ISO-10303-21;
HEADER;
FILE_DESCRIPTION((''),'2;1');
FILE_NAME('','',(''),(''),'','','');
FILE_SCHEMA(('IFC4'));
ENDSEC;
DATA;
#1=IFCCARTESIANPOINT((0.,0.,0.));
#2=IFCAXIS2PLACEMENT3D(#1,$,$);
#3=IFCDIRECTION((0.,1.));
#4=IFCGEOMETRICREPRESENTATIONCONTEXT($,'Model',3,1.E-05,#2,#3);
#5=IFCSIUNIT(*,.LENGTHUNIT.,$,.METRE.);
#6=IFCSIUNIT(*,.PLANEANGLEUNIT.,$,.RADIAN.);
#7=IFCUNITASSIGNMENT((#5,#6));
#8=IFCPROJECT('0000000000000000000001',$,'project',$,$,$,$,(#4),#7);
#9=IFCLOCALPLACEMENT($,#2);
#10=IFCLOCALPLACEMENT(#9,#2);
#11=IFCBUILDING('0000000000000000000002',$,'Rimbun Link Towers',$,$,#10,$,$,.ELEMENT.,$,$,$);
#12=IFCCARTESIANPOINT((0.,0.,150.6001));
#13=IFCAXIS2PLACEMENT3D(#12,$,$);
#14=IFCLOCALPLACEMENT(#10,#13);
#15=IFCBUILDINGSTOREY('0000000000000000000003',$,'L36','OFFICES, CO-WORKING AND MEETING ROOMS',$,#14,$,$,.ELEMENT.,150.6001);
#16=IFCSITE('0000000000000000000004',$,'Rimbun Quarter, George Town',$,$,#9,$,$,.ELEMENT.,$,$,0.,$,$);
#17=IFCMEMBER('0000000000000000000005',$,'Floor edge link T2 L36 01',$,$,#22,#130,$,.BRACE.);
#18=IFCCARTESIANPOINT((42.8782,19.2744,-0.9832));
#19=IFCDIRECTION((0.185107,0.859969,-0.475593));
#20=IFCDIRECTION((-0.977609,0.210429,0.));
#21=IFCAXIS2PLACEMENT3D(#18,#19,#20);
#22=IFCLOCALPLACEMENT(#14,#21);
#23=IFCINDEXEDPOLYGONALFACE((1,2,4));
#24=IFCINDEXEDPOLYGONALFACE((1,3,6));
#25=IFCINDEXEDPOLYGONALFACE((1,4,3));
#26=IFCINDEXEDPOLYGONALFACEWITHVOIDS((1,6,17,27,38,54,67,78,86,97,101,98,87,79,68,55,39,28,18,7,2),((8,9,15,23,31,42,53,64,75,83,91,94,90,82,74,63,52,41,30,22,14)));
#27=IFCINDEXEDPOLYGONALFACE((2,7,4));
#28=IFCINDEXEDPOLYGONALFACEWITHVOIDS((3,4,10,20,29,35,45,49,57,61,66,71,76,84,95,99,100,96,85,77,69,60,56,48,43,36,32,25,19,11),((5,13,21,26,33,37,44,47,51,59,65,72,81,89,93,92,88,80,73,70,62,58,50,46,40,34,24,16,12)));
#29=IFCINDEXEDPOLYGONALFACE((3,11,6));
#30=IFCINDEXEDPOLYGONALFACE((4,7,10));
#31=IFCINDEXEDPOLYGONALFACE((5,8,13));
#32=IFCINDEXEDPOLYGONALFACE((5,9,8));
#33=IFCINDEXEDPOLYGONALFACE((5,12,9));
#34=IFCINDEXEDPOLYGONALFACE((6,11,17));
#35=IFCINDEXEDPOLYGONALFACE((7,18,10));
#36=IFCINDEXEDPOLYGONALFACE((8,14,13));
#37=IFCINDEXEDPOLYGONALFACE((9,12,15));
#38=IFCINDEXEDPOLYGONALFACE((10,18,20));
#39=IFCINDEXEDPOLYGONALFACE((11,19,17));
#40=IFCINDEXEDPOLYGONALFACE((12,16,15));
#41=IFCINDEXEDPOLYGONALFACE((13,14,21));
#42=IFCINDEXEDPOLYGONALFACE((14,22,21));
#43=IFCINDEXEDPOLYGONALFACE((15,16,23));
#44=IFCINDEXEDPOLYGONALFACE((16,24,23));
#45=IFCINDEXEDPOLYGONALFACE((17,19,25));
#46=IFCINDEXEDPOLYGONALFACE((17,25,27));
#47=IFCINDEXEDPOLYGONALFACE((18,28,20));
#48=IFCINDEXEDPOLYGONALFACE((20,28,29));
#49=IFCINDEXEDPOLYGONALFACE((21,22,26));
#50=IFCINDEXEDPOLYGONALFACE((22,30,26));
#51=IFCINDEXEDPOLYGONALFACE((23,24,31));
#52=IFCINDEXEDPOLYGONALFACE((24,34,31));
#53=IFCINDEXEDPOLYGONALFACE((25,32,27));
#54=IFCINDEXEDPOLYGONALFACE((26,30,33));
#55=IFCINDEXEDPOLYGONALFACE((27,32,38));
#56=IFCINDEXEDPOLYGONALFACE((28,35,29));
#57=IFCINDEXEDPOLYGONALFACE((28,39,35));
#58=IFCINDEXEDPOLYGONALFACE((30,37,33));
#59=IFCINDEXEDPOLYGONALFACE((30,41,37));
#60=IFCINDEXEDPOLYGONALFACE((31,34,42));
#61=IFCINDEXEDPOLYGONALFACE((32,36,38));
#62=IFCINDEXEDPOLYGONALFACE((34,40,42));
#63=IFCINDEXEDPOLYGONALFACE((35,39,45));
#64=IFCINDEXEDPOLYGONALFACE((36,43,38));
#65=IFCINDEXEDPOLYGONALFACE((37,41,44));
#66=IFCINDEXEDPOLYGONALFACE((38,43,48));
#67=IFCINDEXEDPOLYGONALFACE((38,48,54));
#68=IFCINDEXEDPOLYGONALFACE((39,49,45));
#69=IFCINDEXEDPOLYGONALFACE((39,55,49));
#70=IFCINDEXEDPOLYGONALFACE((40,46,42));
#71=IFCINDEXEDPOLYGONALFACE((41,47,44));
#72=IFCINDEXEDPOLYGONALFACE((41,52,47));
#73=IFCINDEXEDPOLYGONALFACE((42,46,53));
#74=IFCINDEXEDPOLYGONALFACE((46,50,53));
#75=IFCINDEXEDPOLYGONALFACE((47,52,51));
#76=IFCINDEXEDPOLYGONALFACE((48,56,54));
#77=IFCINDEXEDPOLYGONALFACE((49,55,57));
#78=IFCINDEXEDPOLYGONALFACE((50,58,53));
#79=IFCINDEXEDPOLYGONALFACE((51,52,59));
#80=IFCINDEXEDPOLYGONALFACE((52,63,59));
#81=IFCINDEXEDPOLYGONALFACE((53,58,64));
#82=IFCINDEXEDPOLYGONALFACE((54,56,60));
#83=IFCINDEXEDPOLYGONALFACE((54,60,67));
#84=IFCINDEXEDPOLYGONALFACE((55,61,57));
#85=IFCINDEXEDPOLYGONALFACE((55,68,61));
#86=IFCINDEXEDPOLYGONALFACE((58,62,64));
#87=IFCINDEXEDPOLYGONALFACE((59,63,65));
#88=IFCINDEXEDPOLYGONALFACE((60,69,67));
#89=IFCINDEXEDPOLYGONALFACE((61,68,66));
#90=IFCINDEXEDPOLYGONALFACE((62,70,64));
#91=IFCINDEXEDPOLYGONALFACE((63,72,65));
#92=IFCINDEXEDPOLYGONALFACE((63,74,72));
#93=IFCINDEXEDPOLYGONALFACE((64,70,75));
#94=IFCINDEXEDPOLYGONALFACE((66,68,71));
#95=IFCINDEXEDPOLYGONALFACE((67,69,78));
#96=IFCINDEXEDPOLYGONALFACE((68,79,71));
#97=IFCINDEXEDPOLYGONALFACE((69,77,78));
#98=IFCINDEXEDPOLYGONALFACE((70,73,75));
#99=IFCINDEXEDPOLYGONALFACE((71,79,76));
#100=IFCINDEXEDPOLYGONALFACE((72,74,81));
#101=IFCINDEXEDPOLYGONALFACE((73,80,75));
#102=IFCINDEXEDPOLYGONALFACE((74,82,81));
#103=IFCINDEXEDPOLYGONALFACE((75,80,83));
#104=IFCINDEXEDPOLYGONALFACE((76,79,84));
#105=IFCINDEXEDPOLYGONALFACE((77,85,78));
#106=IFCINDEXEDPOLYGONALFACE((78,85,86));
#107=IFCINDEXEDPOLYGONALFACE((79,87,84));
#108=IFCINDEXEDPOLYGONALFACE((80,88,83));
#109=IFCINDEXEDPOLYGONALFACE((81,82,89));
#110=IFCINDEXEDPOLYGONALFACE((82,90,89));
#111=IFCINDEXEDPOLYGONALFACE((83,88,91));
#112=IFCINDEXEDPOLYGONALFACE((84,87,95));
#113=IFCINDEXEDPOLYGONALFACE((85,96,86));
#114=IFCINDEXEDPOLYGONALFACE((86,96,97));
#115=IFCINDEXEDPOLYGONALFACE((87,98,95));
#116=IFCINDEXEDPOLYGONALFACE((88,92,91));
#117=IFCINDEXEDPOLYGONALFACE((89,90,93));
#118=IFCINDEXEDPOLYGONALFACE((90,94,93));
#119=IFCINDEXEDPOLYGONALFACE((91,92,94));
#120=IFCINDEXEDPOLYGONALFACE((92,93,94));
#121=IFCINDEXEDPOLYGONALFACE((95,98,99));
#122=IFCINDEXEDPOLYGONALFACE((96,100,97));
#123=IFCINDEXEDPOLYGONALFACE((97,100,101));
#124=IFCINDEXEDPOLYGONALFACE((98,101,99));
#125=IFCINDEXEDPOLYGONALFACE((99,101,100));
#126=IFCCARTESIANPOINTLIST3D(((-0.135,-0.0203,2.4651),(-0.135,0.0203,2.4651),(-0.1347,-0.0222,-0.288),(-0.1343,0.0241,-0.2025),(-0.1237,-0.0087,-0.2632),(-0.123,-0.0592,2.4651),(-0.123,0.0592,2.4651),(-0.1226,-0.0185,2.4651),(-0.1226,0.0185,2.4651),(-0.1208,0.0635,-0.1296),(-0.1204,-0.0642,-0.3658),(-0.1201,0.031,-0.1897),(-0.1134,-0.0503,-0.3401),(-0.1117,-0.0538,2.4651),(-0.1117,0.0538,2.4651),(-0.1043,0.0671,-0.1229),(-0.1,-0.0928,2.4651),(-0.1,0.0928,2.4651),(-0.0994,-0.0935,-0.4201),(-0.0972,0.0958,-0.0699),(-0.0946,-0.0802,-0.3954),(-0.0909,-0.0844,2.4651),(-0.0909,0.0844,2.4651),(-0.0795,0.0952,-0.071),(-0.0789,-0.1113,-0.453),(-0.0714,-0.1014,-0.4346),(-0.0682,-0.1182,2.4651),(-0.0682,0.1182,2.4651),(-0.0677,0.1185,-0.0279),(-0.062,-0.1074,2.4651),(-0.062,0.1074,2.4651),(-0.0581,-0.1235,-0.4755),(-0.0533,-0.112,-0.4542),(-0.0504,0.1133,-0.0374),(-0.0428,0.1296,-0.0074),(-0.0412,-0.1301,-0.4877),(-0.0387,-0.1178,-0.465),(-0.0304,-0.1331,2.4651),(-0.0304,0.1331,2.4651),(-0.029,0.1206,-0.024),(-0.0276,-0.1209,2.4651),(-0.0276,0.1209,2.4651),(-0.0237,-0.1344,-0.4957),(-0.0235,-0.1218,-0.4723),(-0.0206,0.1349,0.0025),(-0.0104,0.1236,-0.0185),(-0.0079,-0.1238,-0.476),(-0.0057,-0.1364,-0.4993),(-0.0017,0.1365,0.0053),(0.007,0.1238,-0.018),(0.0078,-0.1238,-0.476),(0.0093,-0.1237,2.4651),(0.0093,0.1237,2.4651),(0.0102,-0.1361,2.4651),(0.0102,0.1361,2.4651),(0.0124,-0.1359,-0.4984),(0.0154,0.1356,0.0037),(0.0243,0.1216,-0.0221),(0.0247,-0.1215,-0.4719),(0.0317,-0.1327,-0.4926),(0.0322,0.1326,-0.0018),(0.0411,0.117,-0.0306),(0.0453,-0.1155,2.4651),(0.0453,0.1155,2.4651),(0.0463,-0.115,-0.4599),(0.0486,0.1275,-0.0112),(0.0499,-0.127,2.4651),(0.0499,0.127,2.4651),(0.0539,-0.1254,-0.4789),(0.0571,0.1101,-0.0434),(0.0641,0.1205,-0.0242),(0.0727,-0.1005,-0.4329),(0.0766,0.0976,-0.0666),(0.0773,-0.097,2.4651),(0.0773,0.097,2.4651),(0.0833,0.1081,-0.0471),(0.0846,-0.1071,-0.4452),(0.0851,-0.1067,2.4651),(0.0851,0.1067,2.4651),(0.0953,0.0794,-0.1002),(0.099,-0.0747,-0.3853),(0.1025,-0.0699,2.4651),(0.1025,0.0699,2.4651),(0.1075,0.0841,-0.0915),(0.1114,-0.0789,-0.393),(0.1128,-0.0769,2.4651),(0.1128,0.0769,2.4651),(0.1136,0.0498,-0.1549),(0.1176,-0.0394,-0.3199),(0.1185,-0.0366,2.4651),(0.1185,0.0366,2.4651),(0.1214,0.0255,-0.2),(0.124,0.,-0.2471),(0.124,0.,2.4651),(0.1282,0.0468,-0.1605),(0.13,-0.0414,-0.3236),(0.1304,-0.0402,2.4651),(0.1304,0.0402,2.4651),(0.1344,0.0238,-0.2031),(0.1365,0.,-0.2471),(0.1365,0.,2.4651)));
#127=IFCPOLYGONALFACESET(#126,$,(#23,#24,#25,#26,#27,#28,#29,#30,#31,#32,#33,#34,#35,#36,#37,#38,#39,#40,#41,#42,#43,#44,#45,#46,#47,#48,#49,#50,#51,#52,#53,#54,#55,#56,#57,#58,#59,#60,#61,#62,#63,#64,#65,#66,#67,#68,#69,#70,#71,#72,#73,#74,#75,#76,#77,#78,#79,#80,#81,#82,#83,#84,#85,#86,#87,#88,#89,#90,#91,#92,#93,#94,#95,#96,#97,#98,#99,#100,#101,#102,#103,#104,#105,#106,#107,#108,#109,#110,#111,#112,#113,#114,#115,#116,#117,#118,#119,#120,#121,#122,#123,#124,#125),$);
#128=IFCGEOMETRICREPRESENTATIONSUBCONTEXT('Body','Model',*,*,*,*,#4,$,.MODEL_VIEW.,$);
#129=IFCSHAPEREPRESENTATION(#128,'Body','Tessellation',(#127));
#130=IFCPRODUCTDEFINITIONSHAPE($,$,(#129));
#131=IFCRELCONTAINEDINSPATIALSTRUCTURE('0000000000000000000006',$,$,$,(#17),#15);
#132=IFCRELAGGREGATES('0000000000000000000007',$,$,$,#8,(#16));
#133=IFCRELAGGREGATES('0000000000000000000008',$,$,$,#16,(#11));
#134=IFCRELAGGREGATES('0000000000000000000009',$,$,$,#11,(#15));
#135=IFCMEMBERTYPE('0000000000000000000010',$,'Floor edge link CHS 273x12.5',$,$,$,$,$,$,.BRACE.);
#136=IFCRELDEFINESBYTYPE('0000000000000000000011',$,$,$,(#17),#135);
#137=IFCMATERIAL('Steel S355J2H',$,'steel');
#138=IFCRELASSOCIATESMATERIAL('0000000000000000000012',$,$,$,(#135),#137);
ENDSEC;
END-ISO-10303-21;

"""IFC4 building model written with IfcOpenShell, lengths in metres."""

from ifc_helpers import new_model, si_unit, direction, frame, origin, origin_2d, place, context, subcontext, project, spatial, hollow_circle, extrude, clip, halfspace, material, material_profile, profile_set, type_object, element, save


model = new_model("IFC4")

# Units and contexts
model_context = context("Model", 3, precision=1e-05, world=origin(), true_north=direction((0.0, 1.0)))
body_context = subcontext(model_context, "Body", "Model", "MODEL_VIEW")
ifc_project = project(units=[si_unit("LENGTHUNIT", "METRE"), si_unit("PLANEANGLEUNIT", "RADIAN")], contexts=[model_context])

# Site, building, storey
site_placement = place(None, origin())
site = spatial("IfcSite", under=ifc_project, at=site_placement, Name="Rimbun Quarter, George Town", CompositionType="ELEMENT", RefElevation=0.0)
building_placement = place(site_placement, origin())
building = spatial("IfcBuilding", under=site, at=building_placement, Name="Rimbun Link Towers", CompositionType="ELEMENT")
storey_placement = place(building_placement, frame((0.0, 0.0, 150.6001)))
storey = spatial("IfcBuildingStorey", under=building, at=storey_placement, Name="L36", Description="OFFICES, CO-WORKING AND MEETING ROOMS", CompositionType="ELEMENT", Elevation=150.6001)

# Member
ifc_material_1 = material(Name="Steel S355J2H", Category="steel")
ifc_material_profile_1 = material_profile(ifc_material_1, hollow_circle(Radius=0.1365, WallThickness=0.0125, at=origin_2d()), Name="CHS 273x12.5")
ifc_profile_set_1 = profile_set([ifc_material_profile_1], Name="Steel S355J2H")
member_type_1 = type_object("IfcMemberType", Name="Floor edge link CHS 273x12.5", PredefinedType="BRACE", material=ifc_profile_set_1)
member_1_placement = place(storey_placement, frame((42.8782, 19.2744, -0.9832), z_axis=(0.185107, 0.859969, -0.475593), x_axis=(-0.977609, 0.210429, 0.0)))
element("IfcMember", 1, at=member_1_placement, inside=storey, type_object=member_type_1, Name="Floor edge link T2 L36 01", PredefinedType="BRACE", context=body_context, shape_type="Clipping", body=[
    clip(extrude(hollow_circle(Radius=0.1365, WallThickness=0.0125, at=origin_2d()), frame((0.0, 0.0, -0.5261)), (0.0, 0.0, 1.0), 2.9912), halfspace(frame((0.0, 0.0, -0.2471), z_axis=(0.0, 0.879666, -0.475593)), False)),
])

save(model, "model.ifc")
